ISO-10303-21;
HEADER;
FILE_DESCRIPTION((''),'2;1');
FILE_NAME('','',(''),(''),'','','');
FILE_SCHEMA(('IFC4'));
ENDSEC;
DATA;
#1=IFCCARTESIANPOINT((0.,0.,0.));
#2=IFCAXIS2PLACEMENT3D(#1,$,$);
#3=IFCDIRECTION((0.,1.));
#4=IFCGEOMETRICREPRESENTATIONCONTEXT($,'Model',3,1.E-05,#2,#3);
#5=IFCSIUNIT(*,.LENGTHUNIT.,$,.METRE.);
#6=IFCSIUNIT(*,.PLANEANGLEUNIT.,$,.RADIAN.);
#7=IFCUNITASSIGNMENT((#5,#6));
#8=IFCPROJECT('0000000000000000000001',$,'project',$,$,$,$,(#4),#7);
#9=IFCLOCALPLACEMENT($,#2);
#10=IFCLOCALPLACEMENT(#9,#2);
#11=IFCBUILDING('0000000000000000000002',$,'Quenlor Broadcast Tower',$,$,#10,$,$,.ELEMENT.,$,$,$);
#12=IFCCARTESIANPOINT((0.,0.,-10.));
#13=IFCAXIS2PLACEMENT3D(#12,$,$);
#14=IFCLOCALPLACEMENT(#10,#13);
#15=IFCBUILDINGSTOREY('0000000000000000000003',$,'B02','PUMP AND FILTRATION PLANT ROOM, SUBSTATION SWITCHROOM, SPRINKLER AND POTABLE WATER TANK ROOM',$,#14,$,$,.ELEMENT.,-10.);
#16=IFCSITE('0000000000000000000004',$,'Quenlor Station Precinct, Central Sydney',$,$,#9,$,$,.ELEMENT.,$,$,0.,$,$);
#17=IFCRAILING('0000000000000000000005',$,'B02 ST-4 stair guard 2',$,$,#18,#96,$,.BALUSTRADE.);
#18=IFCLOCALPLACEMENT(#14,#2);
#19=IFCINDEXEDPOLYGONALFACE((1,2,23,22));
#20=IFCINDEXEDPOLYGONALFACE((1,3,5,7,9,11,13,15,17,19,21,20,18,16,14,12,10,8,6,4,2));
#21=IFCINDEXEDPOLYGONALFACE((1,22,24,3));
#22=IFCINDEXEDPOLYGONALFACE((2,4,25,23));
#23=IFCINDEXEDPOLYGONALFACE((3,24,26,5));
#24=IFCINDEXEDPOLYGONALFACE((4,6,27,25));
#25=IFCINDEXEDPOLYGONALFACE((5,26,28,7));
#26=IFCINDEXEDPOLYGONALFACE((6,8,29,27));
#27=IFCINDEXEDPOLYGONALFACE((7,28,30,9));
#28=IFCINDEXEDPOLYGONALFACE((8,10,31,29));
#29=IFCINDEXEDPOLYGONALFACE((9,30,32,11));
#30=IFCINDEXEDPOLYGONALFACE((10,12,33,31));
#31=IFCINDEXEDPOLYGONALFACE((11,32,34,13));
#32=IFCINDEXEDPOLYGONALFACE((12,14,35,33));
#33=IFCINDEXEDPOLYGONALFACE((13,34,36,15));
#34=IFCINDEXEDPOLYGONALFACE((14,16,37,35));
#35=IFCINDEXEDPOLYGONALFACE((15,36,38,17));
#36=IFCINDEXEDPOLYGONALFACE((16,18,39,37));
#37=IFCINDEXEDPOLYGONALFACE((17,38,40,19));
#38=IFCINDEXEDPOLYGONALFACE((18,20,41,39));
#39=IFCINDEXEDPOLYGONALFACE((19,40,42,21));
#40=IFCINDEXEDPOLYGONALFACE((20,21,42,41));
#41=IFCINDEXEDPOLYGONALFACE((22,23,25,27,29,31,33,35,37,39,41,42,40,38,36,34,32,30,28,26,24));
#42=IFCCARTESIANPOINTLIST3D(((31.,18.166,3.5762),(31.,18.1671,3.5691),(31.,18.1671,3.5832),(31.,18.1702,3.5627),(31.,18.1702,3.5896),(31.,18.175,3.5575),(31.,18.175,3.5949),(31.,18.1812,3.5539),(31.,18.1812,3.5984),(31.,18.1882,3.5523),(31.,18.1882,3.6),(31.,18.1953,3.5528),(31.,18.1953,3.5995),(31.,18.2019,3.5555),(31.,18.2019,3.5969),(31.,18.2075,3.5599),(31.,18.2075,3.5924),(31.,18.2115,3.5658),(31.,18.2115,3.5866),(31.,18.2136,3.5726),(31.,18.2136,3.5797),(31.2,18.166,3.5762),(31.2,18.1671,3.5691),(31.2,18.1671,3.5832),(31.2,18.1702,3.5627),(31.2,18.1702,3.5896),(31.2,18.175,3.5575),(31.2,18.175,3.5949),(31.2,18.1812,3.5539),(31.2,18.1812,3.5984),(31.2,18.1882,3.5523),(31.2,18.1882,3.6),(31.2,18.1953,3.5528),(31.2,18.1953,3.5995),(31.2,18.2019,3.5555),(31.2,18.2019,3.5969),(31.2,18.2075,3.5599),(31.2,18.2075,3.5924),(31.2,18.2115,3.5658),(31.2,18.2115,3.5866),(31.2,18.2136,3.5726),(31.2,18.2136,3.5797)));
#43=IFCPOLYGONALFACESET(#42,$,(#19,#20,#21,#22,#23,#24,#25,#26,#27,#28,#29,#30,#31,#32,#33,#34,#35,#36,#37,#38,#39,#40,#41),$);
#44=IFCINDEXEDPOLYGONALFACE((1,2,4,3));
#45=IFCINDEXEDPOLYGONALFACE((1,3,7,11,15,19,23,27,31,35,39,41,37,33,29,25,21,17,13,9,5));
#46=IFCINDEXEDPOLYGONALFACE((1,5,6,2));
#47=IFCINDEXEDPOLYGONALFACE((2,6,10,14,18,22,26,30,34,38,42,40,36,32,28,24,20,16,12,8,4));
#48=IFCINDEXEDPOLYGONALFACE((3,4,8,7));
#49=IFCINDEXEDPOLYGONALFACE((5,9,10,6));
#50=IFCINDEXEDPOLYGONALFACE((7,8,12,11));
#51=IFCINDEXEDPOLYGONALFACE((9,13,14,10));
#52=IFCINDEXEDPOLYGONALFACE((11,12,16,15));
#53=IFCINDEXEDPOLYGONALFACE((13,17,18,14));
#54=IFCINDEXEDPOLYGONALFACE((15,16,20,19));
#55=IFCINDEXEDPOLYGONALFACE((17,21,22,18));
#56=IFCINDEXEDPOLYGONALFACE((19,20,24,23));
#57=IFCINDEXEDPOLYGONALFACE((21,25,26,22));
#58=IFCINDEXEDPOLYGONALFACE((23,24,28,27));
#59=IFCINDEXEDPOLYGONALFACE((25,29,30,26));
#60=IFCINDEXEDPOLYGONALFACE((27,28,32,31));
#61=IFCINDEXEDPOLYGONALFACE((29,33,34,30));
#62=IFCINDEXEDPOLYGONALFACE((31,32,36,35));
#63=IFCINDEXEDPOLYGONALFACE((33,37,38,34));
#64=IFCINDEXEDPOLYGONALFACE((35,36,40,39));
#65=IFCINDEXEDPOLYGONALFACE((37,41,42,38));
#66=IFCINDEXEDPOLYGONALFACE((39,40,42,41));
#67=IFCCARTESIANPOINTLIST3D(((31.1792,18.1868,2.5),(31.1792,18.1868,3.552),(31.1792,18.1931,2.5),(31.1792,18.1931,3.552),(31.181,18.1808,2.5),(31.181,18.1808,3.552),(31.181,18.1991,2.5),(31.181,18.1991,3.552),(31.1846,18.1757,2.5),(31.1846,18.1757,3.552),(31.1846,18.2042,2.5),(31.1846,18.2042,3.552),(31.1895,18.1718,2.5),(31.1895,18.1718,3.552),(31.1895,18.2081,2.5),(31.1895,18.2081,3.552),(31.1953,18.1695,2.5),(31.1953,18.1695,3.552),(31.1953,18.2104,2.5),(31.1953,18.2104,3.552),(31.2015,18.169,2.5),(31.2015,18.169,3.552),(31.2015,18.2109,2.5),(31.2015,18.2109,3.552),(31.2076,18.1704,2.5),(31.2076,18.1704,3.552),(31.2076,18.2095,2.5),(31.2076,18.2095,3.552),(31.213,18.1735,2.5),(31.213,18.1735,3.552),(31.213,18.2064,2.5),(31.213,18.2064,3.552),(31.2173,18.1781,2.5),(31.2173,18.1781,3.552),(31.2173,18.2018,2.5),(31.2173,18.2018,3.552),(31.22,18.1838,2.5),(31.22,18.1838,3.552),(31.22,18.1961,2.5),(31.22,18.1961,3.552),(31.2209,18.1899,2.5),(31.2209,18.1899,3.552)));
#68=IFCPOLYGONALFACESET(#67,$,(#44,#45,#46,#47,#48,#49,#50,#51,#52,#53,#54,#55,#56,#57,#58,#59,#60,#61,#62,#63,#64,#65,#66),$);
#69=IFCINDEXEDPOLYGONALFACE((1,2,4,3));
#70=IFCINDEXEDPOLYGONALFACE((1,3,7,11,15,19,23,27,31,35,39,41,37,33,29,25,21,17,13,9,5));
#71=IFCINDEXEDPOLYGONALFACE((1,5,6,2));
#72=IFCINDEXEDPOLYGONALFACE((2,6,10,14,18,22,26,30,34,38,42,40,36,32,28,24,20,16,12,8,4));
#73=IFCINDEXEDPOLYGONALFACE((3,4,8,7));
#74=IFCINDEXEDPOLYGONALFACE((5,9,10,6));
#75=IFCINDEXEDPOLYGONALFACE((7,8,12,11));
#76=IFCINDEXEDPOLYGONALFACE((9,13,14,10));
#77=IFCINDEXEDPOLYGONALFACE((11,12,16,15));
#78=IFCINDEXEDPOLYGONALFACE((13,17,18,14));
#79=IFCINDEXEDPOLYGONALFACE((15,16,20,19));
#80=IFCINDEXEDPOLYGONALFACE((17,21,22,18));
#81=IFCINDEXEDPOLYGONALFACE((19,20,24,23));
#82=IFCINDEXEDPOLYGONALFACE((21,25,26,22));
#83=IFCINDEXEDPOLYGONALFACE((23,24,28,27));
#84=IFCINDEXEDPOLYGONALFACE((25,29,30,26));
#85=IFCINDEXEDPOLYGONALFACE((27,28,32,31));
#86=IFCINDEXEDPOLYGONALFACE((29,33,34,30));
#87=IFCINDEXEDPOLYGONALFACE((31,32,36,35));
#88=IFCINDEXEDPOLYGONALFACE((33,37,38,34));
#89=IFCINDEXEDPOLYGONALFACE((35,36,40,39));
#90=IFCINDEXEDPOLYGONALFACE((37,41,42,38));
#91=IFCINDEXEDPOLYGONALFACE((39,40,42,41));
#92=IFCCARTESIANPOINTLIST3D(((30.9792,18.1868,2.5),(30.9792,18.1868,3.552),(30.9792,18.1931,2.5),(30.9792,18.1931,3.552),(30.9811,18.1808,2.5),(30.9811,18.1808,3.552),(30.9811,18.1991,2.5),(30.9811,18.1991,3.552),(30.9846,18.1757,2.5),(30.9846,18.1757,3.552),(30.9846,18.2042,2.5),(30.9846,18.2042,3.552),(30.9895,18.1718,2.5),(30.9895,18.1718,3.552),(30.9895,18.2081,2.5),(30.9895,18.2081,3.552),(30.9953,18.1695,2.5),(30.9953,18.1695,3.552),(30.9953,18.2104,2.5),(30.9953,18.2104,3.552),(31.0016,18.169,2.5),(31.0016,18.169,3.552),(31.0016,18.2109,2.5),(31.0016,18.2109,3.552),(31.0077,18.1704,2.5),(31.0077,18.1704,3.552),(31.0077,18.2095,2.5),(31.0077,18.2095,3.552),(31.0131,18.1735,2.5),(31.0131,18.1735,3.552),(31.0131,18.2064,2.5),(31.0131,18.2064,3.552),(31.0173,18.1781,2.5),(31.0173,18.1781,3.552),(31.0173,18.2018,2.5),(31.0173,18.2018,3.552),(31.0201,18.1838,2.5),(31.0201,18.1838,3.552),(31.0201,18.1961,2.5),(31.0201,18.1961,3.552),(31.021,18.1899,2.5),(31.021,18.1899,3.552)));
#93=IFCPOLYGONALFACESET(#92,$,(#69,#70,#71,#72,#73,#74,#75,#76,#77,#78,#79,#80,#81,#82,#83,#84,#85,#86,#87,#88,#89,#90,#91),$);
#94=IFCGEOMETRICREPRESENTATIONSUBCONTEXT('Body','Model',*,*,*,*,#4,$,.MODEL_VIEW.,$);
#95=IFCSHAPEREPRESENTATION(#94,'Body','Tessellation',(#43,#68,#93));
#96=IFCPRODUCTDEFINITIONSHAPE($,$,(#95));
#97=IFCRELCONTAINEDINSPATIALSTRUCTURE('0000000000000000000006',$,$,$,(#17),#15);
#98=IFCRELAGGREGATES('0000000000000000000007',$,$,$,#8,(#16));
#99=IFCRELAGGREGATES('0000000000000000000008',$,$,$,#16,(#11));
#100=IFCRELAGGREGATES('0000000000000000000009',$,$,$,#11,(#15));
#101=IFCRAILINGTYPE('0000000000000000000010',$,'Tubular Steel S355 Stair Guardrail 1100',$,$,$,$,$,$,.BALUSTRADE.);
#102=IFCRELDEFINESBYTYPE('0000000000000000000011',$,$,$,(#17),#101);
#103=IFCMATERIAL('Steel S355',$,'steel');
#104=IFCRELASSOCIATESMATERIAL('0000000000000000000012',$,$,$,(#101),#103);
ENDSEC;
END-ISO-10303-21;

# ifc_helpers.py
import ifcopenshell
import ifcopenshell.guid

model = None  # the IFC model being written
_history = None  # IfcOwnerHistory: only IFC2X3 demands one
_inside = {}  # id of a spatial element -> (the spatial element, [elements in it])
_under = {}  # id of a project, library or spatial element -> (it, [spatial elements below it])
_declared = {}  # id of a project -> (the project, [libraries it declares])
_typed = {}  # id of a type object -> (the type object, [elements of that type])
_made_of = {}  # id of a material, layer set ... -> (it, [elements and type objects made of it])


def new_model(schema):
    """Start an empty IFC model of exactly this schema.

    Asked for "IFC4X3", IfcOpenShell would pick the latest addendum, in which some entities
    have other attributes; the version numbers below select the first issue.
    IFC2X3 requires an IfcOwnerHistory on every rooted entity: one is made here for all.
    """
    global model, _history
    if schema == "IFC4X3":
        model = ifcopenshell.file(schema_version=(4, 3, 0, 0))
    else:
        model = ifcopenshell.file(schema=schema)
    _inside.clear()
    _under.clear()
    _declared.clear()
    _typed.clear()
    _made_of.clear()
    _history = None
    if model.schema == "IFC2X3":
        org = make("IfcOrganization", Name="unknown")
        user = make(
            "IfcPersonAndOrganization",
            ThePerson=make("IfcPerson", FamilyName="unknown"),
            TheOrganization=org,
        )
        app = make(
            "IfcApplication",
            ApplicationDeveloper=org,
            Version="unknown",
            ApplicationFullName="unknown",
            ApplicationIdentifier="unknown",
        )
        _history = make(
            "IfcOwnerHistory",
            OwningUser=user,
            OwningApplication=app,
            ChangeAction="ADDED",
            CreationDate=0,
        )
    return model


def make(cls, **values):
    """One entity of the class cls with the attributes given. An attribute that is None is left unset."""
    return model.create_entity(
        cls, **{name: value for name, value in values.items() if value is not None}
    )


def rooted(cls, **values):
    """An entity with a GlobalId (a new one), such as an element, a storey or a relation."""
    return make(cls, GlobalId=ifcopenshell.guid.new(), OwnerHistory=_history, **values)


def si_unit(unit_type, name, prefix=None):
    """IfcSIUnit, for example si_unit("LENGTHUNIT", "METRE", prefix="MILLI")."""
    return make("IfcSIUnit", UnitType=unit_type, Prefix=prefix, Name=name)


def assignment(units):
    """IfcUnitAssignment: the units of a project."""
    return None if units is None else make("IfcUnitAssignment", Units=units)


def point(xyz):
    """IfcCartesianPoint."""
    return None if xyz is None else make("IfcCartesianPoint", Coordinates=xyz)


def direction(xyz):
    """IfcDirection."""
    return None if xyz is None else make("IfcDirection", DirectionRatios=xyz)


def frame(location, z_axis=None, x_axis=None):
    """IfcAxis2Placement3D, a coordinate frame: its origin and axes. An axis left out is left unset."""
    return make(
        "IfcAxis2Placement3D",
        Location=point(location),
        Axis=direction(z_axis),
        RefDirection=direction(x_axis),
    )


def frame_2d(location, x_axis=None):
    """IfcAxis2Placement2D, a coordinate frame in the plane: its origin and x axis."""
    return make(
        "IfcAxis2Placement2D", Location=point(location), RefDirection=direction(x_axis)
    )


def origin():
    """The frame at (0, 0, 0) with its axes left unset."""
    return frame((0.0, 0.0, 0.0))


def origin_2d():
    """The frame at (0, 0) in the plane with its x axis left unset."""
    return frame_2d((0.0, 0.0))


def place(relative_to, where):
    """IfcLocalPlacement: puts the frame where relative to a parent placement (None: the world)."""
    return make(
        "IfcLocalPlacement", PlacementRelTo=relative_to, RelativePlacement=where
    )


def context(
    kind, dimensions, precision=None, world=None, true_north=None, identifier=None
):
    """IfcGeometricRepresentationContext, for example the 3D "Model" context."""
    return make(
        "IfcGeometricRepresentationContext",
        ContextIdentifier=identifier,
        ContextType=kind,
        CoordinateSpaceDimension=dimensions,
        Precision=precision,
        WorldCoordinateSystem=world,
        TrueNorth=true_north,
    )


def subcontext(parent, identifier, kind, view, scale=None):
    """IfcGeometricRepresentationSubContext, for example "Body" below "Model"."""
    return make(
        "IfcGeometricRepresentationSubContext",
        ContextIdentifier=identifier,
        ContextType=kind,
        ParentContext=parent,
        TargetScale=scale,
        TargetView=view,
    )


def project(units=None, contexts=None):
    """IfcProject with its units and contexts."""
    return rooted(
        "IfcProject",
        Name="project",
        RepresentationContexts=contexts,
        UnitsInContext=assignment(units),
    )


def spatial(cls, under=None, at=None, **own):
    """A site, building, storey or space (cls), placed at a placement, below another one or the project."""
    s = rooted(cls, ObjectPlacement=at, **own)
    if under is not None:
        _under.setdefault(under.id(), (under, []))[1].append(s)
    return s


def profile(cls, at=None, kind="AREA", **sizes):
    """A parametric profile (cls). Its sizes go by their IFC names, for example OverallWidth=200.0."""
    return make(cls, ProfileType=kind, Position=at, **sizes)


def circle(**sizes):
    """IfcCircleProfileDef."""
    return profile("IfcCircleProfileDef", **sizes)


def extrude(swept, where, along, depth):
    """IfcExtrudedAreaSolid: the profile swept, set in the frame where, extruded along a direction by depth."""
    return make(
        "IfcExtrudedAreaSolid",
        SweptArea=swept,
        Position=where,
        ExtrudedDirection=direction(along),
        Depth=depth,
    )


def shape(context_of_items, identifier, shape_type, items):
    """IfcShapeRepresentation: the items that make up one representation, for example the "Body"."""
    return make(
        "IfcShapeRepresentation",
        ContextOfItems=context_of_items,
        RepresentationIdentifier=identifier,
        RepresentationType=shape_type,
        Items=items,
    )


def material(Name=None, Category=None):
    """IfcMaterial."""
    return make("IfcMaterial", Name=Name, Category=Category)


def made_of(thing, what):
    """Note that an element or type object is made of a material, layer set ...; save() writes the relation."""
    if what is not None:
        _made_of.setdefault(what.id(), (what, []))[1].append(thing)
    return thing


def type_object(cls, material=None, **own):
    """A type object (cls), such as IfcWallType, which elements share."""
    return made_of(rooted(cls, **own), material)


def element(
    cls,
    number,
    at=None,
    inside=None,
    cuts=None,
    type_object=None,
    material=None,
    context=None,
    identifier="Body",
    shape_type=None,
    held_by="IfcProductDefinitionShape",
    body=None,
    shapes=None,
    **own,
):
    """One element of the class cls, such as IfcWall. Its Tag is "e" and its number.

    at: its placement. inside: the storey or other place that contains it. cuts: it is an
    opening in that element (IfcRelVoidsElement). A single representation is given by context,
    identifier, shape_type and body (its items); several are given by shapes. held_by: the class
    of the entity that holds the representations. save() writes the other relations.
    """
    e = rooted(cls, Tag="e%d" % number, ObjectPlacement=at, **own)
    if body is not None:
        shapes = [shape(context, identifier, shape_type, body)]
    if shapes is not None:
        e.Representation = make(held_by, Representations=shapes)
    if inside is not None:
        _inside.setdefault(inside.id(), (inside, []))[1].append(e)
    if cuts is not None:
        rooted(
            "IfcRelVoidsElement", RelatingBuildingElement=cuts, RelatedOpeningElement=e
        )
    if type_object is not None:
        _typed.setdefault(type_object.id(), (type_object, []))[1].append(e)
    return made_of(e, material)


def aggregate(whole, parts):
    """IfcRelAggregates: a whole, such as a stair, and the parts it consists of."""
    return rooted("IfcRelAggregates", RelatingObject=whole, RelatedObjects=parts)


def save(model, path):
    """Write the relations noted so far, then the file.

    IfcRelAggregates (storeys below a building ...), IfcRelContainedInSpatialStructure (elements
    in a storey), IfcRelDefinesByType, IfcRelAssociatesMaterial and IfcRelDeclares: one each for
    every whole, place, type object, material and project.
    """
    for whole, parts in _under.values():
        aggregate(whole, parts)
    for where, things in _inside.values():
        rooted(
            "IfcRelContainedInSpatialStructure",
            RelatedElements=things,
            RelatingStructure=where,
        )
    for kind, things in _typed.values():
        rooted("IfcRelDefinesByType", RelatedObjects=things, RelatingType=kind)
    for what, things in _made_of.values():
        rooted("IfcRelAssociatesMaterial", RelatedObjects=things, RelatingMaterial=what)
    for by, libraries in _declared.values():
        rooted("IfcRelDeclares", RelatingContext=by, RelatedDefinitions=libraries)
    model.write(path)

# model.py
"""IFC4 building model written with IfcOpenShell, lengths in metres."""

from ifc_helpers import new_model, si_unit, direction, frame, origin, origin_2d, place, context, subcontext, project, spatial, circle, extrude, material, type_object, element, save


model = new_model("IFC4")

# Units and contexts
model_context = context("Model", 3, precision=1e-05, world=origin(), true_north=direction((0.0, 1.0)))
body_context = subcontext(model_context, "Body", "Model", "MODEL_VIEW")
ifc_project = project(units=[si_unit("LENGTHUNIT", "METRE"), si_unit("PLANEANGLEUNIT", "RADIAN")], contexts=[model_context])

# Site, building, storey
site_placement = place(None, origin())
site = spatial("IfcSite", under=ifc_project, at=site_placement, Name="Quenlor Station Precinct, Central Sydney", CompositionType="ELEMENT", RefElevation=0.0)
building_placement = place(site_placement, origin())
building = spatial("IfcBuilding", under=site, at=building_placement, Name="Quenlor Broadcast Tower", CompositionType="ELEMENT")
storey_placement = place(building_placement, frame((0.0, 0.0, -10.0)))
storey = spatial("IfcBuildingStorey", under=building, at=storey_placement, Name="B02", Description="PUMP AND FILTRATION PLANT ROOM, SUBSTATION SWITCHROOM, SPRINKLER AND POTABLE WATER TANK ROOM", CompositionType="ELEMENT", Elevation=-10.0)

# Railing
ifc_material_1 = material(Name="Steel S355", Category="steel")
railing_type_1 = type_object("IfcRailingType", Name="Tubular Steel S355 Stair Guardrail 1100", PredefinedType="BALUSTRADE", material=ifc_material_1)
railing_1_placement = place(storey_placement, frame((31.2, 18.1899, 2.5)))
element("IfcRailing", 1, at=railing_1_placement, inside=storey, type_object=railing_type_1, Name="B02 ST-4 stair guard 2", PredefinedType="BALUSTRADE", context=body_context, shape_type="SweptSolid", body=[
    extrude(circle(Radius=0.0239, at=origin_2d()), frame((0.0, 0.0, 1.0762), z_axis=(-1.0, 0.0, 0.0), x_axis=(0.0, -1.0, 0.0)), (0.0, 0.0, 1.0), 0.2),
    extrude(circle(Radius=0.021, at=origin_2d()), origin(), (0.0, 0.0, 1.0), 1.052),
    extrude(circle(Radius=0.021, at=origin_2d()), frame((-0.2, 0.0, 0.0)), (0.0, 0.0, 1.0), 1.052),
])

save(model, "model.ifc")
